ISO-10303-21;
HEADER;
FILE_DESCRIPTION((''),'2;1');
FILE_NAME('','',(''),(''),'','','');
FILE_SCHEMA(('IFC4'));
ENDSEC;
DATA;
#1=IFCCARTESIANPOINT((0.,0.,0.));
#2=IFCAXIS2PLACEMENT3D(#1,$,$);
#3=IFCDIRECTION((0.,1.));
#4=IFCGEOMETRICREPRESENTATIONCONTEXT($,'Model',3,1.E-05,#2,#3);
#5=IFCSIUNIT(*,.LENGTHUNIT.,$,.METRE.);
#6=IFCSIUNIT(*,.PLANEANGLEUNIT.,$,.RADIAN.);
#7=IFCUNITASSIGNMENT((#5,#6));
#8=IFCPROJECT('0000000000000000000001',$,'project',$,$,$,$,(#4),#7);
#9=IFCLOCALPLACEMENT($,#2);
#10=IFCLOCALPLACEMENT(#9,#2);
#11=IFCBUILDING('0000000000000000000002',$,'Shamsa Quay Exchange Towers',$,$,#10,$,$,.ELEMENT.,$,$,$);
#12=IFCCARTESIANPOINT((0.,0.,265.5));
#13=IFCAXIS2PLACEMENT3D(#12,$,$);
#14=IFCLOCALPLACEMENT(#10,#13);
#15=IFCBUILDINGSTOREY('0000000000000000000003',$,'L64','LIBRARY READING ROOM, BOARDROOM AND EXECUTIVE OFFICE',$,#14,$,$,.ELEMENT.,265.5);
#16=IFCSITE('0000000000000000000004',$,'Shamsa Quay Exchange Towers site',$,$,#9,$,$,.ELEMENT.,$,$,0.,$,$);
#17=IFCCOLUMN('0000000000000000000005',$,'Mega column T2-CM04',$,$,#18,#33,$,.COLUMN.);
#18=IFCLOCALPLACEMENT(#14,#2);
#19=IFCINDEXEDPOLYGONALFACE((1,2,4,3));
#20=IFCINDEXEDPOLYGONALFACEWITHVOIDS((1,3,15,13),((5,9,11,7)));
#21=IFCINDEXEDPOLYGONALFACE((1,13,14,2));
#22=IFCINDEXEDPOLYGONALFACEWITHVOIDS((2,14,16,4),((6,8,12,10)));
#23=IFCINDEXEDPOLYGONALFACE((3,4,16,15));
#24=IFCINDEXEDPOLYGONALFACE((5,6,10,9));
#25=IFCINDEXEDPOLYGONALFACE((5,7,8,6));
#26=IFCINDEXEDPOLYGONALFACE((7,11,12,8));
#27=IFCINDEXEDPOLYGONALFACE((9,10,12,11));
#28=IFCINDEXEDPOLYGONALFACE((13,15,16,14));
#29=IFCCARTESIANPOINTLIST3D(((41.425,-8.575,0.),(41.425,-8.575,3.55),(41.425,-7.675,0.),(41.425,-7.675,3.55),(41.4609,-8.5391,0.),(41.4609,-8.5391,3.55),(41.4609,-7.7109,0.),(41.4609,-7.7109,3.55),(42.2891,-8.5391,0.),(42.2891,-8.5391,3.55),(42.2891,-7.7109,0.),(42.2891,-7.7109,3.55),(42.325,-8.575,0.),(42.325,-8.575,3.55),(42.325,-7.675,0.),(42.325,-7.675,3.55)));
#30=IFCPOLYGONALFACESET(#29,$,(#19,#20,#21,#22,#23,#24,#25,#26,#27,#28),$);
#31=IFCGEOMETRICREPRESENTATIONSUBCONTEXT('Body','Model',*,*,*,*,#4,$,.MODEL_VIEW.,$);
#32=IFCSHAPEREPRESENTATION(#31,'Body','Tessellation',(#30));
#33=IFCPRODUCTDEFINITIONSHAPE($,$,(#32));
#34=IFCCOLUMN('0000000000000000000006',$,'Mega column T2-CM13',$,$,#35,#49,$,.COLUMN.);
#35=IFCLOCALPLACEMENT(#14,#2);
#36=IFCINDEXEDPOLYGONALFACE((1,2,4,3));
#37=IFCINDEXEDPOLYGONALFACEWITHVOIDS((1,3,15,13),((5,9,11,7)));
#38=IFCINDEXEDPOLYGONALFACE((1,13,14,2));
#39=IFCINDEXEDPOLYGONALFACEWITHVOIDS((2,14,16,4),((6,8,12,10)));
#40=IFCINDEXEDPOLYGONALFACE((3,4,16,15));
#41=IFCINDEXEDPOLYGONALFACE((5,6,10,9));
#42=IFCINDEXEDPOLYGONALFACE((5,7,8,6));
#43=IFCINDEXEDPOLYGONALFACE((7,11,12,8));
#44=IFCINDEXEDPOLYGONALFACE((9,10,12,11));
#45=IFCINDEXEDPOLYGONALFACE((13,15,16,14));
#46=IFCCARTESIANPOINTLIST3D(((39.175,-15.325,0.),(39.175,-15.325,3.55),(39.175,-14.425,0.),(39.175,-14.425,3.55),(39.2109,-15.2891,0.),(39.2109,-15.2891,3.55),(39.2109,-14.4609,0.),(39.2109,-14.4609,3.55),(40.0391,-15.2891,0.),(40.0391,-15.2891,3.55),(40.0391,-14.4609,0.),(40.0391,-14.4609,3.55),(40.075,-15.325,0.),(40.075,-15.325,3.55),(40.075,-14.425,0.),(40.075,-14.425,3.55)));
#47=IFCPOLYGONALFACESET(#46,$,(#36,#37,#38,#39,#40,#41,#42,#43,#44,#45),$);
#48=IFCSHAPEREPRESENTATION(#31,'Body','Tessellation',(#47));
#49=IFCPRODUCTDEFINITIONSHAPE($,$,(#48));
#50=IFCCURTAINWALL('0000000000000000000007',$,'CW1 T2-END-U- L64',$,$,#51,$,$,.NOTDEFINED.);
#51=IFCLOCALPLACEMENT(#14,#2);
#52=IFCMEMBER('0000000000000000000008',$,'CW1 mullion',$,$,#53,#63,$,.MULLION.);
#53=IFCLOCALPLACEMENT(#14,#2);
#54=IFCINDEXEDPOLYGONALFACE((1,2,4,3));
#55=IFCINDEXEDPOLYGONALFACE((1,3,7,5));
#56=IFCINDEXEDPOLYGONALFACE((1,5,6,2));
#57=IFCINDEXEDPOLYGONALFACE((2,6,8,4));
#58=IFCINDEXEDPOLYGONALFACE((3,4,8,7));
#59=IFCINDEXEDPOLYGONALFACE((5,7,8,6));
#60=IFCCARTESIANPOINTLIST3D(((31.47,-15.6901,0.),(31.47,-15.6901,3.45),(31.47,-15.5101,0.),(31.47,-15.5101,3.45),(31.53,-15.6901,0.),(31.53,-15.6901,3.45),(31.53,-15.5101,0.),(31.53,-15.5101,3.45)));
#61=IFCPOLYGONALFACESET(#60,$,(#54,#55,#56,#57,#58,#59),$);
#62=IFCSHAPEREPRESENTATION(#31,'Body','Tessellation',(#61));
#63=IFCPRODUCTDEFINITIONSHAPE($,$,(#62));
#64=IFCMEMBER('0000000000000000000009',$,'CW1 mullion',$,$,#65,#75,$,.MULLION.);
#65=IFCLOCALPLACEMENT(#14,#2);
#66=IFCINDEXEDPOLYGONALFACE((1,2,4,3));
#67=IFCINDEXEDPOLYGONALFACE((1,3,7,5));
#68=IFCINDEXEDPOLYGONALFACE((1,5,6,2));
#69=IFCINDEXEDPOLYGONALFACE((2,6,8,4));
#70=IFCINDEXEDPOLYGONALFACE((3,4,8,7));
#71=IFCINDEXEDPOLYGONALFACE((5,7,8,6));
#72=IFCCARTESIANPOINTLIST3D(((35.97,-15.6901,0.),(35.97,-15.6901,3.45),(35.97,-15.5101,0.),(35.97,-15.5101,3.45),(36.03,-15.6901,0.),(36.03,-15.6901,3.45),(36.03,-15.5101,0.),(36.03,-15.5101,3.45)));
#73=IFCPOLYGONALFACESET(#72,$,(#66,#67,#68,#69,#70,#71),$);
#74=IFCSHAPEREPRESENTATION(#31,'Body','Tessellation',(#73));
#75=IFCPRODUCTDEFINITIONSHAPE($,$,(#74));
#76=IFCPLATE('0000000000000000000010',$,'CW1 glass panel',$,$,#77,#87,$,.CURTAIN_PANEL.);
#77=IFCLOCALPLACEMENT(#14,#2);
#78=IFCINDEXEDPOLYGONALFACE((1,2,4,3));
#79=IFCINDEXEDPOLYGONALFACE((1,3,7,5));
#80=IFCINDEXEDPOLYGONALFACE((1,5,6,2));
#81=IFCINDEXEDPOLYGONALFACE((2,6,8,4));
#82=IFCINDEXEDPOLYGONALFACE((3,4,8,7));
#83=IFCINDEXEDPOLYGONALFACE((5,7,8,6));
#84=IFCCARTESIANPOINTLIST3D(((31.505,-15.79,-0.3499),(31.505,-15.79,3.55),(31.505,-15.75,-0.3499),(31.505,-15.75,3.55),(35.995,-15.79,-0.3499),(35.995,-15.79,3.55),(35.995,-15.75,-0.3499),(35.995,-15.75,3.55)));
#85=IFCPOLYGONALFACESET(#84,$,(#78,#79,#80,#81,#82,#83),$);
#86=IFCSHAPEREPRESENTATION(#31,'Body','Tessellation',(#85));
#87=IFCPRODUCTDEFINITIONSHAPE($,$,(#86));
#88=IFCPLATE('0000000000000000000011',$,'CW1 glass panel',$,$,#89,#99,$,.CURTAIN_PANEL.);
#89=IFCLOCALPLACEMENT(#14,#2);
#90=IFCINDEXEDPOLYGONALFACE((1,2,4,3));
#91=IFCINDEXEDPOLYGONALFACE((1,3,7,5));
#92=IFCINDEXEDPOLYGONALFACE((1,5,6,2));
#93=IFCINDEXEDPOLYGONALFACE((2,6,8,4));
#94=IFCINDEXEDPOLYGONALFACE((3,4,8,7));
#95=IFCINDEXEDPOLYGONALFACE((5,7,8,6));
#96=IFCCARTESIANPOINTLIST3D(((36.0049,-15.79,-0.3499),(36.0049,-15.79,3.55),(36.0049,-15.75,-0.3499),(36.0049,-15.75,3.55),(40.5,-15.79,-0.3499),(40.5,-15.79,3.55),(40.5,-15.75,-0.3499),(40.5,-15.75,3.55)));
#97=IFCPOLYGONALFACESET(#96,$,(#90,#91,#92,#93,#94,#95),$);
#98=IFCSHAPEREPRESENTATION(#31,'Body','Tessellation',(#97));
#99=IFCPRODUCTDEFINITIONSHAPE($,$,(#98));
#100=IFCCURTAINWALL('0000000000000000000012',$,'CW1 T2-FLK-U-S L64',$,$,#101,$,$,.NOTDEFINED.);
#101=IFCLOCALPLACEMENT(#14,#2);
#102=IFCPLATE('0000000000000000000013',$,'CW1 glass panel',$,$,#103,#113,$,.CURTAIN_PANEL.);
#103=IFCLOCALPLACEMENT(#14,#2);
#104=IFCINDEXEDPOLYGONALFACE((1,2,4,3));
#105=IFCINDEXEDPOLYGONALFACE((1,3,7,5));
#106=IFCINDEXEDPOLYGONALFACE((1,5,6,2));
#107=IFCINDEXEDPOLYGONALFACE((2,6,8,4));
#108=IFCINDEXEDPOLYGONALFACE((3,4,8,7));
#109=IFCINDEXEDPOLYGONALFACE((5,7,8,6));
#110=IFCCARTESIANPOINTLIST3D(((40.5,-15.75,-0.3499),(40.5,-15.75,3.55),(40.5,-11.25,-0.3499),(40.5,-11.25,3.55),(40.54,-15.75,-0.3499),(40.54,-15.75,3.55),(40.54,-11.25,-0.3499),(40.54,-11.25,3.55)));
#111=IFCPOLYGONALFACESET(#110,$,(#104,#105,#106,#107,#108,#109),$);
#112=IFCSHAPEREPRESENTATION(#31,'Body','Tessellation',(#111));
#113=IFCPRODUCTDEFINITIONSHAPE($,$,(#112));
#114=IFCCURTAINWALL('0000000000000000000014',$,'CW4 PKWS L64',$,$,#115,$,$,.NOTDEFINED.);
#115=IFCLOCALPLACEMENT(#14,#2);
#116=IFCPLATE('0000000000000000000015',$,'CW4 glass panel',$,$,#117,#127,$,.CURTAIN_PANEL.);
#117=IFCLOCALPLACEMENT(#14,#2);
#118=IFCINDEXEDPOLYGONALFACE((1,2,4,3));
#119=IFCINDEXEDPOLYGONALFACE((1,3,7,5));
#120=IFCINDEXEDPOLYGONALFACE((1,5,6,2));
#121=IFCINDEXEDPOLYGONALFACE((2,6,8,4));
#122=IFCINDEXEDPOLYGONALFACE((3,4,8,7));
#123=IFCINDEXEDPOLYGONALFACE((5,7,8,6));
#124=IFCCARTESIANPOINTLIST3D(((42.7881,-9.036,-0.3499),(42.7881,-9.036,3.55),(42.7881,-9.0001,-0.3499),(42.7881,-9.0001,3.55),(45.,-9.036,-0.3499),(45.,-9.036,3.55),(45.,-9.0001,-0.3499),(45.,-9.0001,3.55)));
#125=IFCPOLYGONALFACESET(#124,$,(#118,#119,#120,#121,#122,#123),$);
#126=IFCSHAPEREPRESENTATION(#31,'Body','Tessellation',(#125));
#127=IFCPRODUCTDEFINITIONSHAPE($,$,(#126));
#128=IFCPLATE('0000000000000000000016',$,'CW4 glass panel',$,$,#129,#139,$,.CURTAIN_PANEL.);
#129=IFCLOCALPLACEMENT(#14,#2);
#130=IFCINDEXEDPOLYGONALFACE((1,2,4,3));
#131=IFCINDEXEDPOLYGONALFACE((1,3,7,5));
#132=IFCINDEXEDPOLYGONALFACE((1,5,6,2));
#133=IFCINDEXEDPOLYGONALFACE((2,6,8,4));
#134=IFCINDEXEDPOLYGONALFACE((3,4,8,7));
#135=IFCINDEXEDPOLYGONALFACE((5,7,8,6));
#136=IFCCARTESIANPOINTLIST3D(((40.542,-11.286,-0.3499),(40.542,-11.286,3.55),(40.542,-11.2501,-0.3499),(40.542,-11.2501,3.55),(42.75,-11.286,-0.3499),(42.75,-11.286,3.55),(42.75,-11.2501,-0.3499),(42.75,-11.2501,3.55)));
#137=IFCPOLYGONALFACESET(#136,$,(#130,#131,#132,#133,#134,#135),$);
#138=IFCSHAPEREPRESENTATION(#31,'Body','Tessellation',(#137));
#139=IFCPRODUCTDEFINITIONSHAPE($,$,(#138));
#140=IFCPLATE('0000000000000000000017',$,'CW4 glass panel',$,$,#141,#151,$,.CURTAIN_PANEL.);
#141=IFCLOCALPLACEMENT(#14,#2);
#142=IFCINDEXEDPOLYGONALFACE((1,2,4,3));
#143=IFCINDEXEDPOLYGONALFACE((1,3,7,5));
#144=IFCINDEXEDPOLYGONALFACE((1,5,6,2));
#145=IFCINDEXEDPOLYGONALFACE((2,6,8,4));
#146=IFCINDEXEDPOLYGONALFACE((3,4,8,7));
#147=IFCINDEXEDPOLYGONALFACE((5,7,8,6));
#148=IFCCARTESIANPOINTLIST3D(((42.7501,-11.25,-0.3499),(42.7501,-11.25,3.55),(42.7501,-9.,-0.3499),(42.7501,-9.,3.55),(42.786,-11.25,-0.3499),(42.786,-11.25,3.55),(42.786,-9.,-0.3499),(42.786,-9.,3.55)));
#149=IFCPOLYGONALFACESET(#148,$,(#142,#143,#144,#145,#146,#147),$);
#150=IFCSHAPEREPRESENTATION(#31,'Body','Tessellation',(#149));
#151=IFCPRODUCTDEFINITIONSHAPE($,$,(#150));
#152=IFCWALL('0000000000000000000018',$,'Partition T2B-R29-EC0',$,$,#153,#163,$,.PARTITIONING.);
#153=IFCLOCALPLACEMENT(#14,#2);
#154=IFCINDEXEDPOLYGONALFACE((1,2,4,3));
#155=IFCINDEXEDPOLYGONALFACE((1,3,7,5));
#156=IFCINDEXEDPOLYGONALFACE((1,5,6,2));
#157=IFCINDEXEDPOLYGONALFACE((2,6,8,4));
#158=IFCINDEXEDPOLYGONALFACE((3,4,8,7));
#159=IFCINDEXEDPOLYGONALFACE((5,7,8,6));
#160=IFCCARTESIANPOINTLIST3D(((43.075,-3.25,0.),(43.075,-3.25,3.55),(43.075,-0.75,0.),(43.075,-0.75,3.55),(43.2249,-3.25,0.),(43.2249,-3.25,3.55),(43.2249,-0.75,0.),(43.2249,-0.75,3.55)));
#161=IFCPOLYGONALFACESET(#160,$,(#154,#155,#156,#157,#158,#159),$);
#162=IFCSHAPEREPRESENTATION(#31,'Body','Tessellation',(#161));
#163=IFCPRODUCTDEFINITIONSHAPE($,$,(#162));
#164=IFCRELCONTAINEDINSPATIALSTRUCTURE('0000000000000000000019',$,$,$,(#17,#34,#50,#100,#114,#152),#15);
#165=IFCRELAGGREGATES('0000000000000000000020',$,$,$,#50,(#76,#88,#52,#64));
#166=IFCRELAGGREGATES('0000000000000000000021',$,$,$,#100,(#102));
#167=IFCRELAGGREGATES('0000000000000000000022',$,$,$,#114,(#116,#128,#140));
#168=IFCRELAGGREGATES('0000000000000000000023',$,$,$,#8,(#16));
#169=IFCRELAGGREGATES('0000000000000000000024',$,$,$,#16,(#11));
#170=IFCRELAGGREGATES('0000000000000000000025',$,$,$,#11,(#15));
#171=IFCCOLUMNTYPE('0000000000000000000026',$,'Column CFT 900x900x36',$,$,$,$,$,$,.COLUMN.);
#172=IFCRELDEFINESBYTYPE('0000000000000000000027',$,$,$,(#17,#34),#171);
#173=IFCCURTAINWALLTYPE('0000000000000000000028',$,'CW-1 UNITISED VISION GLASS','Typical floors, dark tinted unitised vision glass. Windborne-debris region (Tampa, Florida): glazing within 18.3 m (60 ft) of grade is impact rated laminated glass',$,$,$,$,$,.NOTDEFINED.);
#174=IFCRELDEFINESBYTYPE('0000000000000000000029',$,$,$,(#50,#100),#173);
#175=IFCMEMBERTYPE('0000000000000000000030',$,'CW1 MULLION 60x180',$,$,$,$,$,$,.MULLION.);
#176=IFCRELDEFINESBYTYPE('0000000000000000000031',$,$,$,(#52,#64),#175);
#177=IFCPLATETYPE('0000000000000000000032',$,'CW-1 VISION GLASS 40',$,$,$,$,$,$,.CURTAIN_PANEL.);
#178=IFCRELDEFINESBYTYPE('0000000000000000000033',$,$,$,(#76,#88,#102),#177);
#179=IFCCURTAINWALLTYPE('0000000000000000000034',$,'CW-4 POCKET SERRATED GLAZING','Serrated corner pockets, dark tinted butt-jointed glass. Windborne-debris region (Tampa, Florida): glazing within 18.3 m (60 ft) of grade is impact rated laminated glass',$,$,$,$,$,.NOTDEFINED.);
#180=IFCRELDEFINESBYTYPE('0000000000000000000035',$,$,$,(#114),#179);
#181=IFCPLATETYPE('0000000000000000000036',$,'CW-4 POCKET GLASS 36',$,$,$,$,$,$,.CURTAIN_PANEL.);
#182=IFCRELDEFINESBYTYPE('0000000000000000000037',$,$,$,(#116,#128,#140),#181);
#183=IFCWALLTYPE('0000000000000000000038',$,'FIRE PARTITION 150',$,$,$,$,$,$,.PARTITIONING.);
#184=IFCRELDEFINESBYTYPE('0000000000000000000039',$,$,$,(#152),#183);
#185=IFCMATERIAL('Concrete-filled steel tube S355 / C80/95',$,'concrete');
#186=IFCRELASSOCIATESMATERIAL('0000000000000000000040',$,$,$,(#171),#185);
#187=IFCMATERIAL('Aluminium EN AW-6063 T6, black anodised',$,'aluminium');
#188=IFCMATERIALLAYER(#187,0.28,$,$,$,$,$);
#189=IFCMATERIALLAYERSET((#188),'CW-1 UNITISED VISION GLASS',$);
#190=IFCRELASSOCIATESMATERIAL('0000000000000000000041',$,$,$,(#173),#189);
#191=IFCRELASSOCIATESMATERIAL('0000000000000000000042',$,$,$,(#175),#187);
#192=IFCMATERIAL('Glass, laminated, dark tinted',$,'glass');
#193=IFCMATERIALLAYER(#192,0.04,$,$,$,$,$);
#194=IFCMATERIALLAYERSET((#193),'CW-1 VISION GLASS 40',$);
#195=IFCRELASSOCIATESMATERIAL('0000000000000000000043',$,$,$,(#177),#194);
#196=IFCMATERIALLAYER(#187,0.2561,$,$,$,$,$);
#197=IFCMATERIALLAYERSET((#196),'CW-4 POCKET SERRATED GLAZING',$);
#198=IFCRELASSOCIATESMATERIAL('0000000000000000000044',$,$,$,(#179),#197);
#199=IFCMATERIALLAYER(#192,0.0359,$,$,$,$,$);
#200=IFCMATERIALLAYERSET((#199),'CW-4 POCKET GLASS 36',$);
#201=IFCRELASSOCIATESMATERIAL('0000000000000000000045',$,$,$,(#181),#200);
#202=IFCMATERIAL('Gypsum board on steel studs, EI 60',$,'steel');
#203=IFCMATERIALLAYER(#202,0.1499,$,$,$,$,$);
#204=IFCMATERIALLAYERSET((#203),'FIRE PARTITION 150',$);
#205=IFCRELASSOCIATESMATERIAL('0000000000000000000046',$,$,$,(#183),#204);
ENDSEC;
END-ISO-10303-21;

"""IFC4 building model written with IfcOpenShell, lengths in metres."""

from ifc_helpers import new_model, si_unit, direction, frame, frame_2d, origin, origin_2d, place, context, subcontext, project, spatial, rectangle, hollow_rectangle, extrude, material, layer, layer_set, material_profile, profile_set, type_object, element, aggregate, save


model = new_model("IFC4")

# Units and contexts
model_context = context("Model", 3, precision=1e-05, world=origin(), true_north=direction((0.0, 1.0)))
body_context = subcontext(model_context, "Body", "Model", "MODEL_VIEW")
ifc_project = project(units=[si_unit("LENGTHUNIT", "METRE"), si_unit("PLANEANGLEUNIT", "RADIAN")], contexts=[model_context])

# Site, building, storey
site_placement = place(None, origin())
site = spatial("IfcSite", under=ifc_project, at=site_placement, Name="Shamsa Quay Exchange Towers site", CompositionType="ELEMENT", RefElevation=0.0)
building_placement = place(site_placement, origin())
building = spatial("IfcBuilding", under=site, at=building_placement, Name="Shamsa Quay Exchange Towers", CompositionType="ELEMENT")
storey_placement = place(building_placement, frame((0.0, 0.0, 265.5)))
storey = spatial("IfcBuildingStorey", under=building, at=storey_placement, Name="L64", Description="LIBRARY READING ROOM, BOARDROOM AND EXECUTIVE OFFICE", CompositionType="ELEMENT", Elevation=265.5)

# Columns
ifc_material_1 = material(Name="Concrete-filled steel tube S355 / C80/95", Category="concrete")
ifc_material_profile_1 = material_profile(ifc_material_1, hollow_rectangle(XDim=0.8999, YDim=0.8999, WallThickness=0.0359, at=origin_2d()), Name="CFT 900x900x36")
ifc_profile_set_1 = profile_set([ifc_material_profile_1], Name="Concrete-filled steel tube S355 / C80/95")
column_type = type_object("IfcColumnType", Name="Column CFT 900x900x36", PredefinedType="COLUMN", material=ifc_profile_set_1)
for number, where, name in (
    (1, (41.875, -8.125, 0.0), "Mega column T2-CM04"),
    (2, (39.625, -14.875, 0.0), "Mega column T2-CM13"),
):
    element("IfcColumn", number, at=place(storey_placement, frame(where)), inside=storey, type_object=column_type, Name=name, PredefinedType="COLUMN", context=body_context, shape_type="SweptSolid", body=[
        extrude(hollow_rectangle(XDim=0.8999, YDim=0.8999, WallThickness=0.0359, at=origin_2d()), origin(), (0.0, 0.0, 1.0), 3.55),
    ])

# Curtain wall, members, plates
ifc_material_2 = material(Name="Aluminium EN AW-6063 T6, black anodised", Category="aluminium")
ifc_layer_1 = layer(ifc_material_2, 0.28)
ifc_layer_set_1 = layer_set([ifc_layer_1], Name="CW-1 UNITISED VISION GLASS")
curtain_wall_type_1 = type_object("IfcCurtainWallType", Name="CW-1 UNITISED VISION GLASS", Description="Typical floors, dark tinted unitised vision glass. Windborne-debris region (Tampa, Florida): glazing within 18.3 m (60 ft) of grade is impact rated laminated glass", PredefinedType="NOTDEFINED", material=ifc_layer_set_1)
curtain_wall_1_placement = place(storey_placement, origin())
curtain_wall_1 = element("IfcCurtainWall", 3, at=curtain_wall_1_placement, inside=storey, type_object=curtain_wall_type_1, Name="CW1 T2-END-U- L64", PredefinedType="NOTDEFINED")
ifc_material_profile_2 = material_profile(ifc_material_2, rectangle(XDim=0.1799, YDim=0.0601, at=origin_2d()), Name="MU60x180")
ifc_profile_set_2 = profile_set([ifc_material_profile_2], Name="Aluminium EN AW-6063 T6, black anodised")
member_type = type_object("IfcMemberType", Name="CW1 MULLION 60x180", PredefinedType="MULLION", material=ifc_profile_set_2)
member_1_placement = place(storey_placement, frame((31.5, -15.6001, 0.0), z_axis=(0.0, 0.0, 1.0), x_axis=(0.0, 1.0, 0.0)))
member_1 = element("IfcMember", 4, at=member_1_placement, type_object=member_type, Name="CW1 mullion", PredefinedType="MULLION", context=body_context, shape_type="SweptSolid", body=[
    extrude(rectangle(XDim=0.1799, YDim=0.0601, at=origin_2d()), origin(), (0.0, 0.0, 1.0), 3.45),
])
member_2_placement = place(storey_placement, frame((36.0, -15.6001, 0.0), z_axis=(0.0, 0.0, 1.0), x_axis=(0.0, 1.0, 0.0)))
member_2 = element("IfcMember", 5, at=member_2_placement, type_object=member_type, Name="CW1 mullion", PredefinedType="MULLION", context=body_context, shape_type="SweptSolid", body=[
    extrude(rectangle(XDim=0.1799, YDim=0.0601, at=origin_2d()), origin(), (0.0, 0.0, 1.0), 3.45),
])
ifc_material_3 = material(Name="Glass, laminated, dark tinted", Category="glass")
ifc_layer_2 = layer(ifc_material_3, 0.04)
ifc_layer_set_2 = layer_set([ifc_layer_2], Name="CW-1 VISION GLASS 40")
plate_type_1 = type_object("IfcPlateType", Name="CW-1 VISION GLASS 40", PredefinedType="CURTAIN_PANEL", material=ifc_layer_set_2)
plate_1_placement = place(storey_placement, frame((33.75, -15.77, -0.3499)))
plate_1 = element("IfcPlate", 6, at=plate_1_placement, type_object=plate_type_1, Name="CW1 glass panel", PredefinedType="CURTAIN_PANEL", context=body_context, shape_type="SweptSolid", body=[
    extrude(rectangle(XDim=4.49, YDim=0.04, at=origin_2d()), origin(), (0.0, 0.0, 1.0), 3.8999),
])
plate_2_placement = place(storey_placement, frame((38.2524, -15.77, -0.3499)))
plate_2 = element("IfcPlate", 7, at=plate_2_placement, type_object=plate_type_1, Name="CW1 glass panel", PredefinedType="CURTAIN_PANEL", context=body_context, shape_type="SweptSolid", body=[
    extrude(rectangle(XDim=4.4951, YDim=0.04, at=origin_2d()), origin(), (0.0, 0.0, 1.0), 3.8999),
])
aggregate(curtain_wall_1, [plate_1, plate_2, member_1, member_2])

# Curtain wall, plate
curtain_wall_2_placement = place(storey_placement, origin())
curtain_wall_2 = element("IfcCurtainWall", 8, at=curtain_wall_2_placement, inside=storey, type_object=curtain_wall_type_1, Name="CW1 T2-FLK-U-S L64", PredefinedType="NOTDEFINED")
plate_3_placement = place(storey_placement, frame((40.52, -13.5, -0.3499), z_axis=(0.0, 0.0, 1.0), x_axis=(0.0, 1.0, 0.0)))
plate_3 = element("IfcPlate", 9, at=plate_3_placement, type_object=plate_type_1, Name="CW1 glass panel", PredefinedType="CURTAIN_PANEL", context=body_context, shape_type="SweptSolid", body=[
    extrude(rectangle(XDim=4.5, YDim=0.04, at=origin_2d()), origin(), (0.0, 0.0, 1.0), 3.8999),
])
aggregate(curtain_wall_2, [plate_3])

# Curtain wall, plates
ifc_layer_3 = layer(ifc_material_2, 0.2561)
ifc_layer_set_3 = layer_set([ifc_layer_3], Name="CW-4 POCKET SERRATED GLAZING")
curtain_wall_type_2 = type_object("IfcCurtainWallType", Name="CW-4 POCKET SERRATED GLAZING", Description="Serrated corner pockets, dark tinted butt-jointed glass. Windborne-debris region (Tampa, Florida): glazing within 18.3 m (60 ft) of grade is impact rated laminated glass", PredefinedType="NOTDEFINED", material=ifc_layer_set_3)
curtain_wall_3_placement = place(storey_placement, origin())
curtain_wall_3 = element("IfcCurtainWall", 10, at=curtain_wall_3_placement, inside=storey, type_object=curtain_wall_type_2, Name="CW4 PKWS L64", PredefinedType="NOTDEFINED")
ifc_layer_4 = layer(ifc_material_3, 0.0359)
ifc_layer_set_4 = layer_set([ifc_layer_4], Name="CW-4 POCKET GLASS 36")
plate_type_2 = type_object("IfcPlateType", Name="CW-4 POCKET GLASS 36", PredefinedType="CURTAIN_PANEL", material=ifc_layer_set_4)
plate_4_placement = place(storey_placement, frame((43.894, -9.0181, -0.3499)))
plate_4 = element("IfcPlate", 11, at=plate_4_placement, type_object=plate_type_2, Name="CW4 glass panel", PredefinedType="CURTAIN_PANEL", context=body_context, shape_type="SweptSolid", body=[
    extrude(rectangle(XDim=2.2119, YDim=0.0359, at=origin_2d()), origin(), (0.0, 0.0, 1.0), 3.8999),
])
plate_5_placement = place(storey_placement, frame((41.646, -11.2681, -0.3499)))
plate_5 = element("IfcPlate", 12, at=plate_5_placement, type_object=plate_type_2, Name="CW4 glass panel", PredefinedType="CURTAIN_PANEL", context=body_context, shape_type="SweptSolid", body=[
    extrude(rectangle(XDim=2.208, YDim=0.0359, at=origin_2d()), origin(), (0.0, 0.0, 1.0), 3.8999),
])
plate_6_placement = place(storey_placement, frame((42.7681, -10.125, -0.3499), z_axis=(0.0, 0.0, 1.0), x_axis=(0.0, 1.0, 0.0)))
plate_6 = element("IfcPlate", 13, at=plate_6_placement, type_object=plate_type_2, Name="CW4 glass panel", PredefinedType="CURTAIN_PANEL", context=body_context, shape_type="SweptSolid", body=[
    extrude(rectangle(XDim=2.25, YDim=0.0359, at=origin_2d()), origin(), (0.0, 0.0, 1.0), 3.8999),
])
aggregate(curtain_wall_3, [plate_4, plate_5, plate_6])

# Wall
ifc_material_4 = material(Name="Gypsum board on steel studs, EI 60", Category="steel")
ifc_layer_5 = layer(ifc_material_4, 0.1499)
ifc_layer_set_5 = layer_set([ifc_layer_5], Name="FIRE PARTITION 150")
wall_type_1 = type_object("IfcWallType", Name="FIRE PARTITION 150", PredefinedType="PARTITIONING", material=ifc_layer_set_5)
wall_1_placement = place(storey_placement, frame((43.1499, -3.25, 0.0), z_axis=(0.0, 0.0, 1.0), x_axis=(0.0, 1.0, 0.0)))
element("IfcWall", 14, at=wall_1_placement, inside=storey, type_object=wall_type_1, Name="Partition T2B-R29-EC0", PredefinedType="PARTITIONING", context=body_context, shape_type="SweptSolid", body=[
    extrude(rectangle(XDim=2.5, YDim=0.1499, at=frame_2d((1.25, 0.0))), origin(), (0.0, 0.0, 1.0), 3.55),
])

save(model, "model.ifc")
